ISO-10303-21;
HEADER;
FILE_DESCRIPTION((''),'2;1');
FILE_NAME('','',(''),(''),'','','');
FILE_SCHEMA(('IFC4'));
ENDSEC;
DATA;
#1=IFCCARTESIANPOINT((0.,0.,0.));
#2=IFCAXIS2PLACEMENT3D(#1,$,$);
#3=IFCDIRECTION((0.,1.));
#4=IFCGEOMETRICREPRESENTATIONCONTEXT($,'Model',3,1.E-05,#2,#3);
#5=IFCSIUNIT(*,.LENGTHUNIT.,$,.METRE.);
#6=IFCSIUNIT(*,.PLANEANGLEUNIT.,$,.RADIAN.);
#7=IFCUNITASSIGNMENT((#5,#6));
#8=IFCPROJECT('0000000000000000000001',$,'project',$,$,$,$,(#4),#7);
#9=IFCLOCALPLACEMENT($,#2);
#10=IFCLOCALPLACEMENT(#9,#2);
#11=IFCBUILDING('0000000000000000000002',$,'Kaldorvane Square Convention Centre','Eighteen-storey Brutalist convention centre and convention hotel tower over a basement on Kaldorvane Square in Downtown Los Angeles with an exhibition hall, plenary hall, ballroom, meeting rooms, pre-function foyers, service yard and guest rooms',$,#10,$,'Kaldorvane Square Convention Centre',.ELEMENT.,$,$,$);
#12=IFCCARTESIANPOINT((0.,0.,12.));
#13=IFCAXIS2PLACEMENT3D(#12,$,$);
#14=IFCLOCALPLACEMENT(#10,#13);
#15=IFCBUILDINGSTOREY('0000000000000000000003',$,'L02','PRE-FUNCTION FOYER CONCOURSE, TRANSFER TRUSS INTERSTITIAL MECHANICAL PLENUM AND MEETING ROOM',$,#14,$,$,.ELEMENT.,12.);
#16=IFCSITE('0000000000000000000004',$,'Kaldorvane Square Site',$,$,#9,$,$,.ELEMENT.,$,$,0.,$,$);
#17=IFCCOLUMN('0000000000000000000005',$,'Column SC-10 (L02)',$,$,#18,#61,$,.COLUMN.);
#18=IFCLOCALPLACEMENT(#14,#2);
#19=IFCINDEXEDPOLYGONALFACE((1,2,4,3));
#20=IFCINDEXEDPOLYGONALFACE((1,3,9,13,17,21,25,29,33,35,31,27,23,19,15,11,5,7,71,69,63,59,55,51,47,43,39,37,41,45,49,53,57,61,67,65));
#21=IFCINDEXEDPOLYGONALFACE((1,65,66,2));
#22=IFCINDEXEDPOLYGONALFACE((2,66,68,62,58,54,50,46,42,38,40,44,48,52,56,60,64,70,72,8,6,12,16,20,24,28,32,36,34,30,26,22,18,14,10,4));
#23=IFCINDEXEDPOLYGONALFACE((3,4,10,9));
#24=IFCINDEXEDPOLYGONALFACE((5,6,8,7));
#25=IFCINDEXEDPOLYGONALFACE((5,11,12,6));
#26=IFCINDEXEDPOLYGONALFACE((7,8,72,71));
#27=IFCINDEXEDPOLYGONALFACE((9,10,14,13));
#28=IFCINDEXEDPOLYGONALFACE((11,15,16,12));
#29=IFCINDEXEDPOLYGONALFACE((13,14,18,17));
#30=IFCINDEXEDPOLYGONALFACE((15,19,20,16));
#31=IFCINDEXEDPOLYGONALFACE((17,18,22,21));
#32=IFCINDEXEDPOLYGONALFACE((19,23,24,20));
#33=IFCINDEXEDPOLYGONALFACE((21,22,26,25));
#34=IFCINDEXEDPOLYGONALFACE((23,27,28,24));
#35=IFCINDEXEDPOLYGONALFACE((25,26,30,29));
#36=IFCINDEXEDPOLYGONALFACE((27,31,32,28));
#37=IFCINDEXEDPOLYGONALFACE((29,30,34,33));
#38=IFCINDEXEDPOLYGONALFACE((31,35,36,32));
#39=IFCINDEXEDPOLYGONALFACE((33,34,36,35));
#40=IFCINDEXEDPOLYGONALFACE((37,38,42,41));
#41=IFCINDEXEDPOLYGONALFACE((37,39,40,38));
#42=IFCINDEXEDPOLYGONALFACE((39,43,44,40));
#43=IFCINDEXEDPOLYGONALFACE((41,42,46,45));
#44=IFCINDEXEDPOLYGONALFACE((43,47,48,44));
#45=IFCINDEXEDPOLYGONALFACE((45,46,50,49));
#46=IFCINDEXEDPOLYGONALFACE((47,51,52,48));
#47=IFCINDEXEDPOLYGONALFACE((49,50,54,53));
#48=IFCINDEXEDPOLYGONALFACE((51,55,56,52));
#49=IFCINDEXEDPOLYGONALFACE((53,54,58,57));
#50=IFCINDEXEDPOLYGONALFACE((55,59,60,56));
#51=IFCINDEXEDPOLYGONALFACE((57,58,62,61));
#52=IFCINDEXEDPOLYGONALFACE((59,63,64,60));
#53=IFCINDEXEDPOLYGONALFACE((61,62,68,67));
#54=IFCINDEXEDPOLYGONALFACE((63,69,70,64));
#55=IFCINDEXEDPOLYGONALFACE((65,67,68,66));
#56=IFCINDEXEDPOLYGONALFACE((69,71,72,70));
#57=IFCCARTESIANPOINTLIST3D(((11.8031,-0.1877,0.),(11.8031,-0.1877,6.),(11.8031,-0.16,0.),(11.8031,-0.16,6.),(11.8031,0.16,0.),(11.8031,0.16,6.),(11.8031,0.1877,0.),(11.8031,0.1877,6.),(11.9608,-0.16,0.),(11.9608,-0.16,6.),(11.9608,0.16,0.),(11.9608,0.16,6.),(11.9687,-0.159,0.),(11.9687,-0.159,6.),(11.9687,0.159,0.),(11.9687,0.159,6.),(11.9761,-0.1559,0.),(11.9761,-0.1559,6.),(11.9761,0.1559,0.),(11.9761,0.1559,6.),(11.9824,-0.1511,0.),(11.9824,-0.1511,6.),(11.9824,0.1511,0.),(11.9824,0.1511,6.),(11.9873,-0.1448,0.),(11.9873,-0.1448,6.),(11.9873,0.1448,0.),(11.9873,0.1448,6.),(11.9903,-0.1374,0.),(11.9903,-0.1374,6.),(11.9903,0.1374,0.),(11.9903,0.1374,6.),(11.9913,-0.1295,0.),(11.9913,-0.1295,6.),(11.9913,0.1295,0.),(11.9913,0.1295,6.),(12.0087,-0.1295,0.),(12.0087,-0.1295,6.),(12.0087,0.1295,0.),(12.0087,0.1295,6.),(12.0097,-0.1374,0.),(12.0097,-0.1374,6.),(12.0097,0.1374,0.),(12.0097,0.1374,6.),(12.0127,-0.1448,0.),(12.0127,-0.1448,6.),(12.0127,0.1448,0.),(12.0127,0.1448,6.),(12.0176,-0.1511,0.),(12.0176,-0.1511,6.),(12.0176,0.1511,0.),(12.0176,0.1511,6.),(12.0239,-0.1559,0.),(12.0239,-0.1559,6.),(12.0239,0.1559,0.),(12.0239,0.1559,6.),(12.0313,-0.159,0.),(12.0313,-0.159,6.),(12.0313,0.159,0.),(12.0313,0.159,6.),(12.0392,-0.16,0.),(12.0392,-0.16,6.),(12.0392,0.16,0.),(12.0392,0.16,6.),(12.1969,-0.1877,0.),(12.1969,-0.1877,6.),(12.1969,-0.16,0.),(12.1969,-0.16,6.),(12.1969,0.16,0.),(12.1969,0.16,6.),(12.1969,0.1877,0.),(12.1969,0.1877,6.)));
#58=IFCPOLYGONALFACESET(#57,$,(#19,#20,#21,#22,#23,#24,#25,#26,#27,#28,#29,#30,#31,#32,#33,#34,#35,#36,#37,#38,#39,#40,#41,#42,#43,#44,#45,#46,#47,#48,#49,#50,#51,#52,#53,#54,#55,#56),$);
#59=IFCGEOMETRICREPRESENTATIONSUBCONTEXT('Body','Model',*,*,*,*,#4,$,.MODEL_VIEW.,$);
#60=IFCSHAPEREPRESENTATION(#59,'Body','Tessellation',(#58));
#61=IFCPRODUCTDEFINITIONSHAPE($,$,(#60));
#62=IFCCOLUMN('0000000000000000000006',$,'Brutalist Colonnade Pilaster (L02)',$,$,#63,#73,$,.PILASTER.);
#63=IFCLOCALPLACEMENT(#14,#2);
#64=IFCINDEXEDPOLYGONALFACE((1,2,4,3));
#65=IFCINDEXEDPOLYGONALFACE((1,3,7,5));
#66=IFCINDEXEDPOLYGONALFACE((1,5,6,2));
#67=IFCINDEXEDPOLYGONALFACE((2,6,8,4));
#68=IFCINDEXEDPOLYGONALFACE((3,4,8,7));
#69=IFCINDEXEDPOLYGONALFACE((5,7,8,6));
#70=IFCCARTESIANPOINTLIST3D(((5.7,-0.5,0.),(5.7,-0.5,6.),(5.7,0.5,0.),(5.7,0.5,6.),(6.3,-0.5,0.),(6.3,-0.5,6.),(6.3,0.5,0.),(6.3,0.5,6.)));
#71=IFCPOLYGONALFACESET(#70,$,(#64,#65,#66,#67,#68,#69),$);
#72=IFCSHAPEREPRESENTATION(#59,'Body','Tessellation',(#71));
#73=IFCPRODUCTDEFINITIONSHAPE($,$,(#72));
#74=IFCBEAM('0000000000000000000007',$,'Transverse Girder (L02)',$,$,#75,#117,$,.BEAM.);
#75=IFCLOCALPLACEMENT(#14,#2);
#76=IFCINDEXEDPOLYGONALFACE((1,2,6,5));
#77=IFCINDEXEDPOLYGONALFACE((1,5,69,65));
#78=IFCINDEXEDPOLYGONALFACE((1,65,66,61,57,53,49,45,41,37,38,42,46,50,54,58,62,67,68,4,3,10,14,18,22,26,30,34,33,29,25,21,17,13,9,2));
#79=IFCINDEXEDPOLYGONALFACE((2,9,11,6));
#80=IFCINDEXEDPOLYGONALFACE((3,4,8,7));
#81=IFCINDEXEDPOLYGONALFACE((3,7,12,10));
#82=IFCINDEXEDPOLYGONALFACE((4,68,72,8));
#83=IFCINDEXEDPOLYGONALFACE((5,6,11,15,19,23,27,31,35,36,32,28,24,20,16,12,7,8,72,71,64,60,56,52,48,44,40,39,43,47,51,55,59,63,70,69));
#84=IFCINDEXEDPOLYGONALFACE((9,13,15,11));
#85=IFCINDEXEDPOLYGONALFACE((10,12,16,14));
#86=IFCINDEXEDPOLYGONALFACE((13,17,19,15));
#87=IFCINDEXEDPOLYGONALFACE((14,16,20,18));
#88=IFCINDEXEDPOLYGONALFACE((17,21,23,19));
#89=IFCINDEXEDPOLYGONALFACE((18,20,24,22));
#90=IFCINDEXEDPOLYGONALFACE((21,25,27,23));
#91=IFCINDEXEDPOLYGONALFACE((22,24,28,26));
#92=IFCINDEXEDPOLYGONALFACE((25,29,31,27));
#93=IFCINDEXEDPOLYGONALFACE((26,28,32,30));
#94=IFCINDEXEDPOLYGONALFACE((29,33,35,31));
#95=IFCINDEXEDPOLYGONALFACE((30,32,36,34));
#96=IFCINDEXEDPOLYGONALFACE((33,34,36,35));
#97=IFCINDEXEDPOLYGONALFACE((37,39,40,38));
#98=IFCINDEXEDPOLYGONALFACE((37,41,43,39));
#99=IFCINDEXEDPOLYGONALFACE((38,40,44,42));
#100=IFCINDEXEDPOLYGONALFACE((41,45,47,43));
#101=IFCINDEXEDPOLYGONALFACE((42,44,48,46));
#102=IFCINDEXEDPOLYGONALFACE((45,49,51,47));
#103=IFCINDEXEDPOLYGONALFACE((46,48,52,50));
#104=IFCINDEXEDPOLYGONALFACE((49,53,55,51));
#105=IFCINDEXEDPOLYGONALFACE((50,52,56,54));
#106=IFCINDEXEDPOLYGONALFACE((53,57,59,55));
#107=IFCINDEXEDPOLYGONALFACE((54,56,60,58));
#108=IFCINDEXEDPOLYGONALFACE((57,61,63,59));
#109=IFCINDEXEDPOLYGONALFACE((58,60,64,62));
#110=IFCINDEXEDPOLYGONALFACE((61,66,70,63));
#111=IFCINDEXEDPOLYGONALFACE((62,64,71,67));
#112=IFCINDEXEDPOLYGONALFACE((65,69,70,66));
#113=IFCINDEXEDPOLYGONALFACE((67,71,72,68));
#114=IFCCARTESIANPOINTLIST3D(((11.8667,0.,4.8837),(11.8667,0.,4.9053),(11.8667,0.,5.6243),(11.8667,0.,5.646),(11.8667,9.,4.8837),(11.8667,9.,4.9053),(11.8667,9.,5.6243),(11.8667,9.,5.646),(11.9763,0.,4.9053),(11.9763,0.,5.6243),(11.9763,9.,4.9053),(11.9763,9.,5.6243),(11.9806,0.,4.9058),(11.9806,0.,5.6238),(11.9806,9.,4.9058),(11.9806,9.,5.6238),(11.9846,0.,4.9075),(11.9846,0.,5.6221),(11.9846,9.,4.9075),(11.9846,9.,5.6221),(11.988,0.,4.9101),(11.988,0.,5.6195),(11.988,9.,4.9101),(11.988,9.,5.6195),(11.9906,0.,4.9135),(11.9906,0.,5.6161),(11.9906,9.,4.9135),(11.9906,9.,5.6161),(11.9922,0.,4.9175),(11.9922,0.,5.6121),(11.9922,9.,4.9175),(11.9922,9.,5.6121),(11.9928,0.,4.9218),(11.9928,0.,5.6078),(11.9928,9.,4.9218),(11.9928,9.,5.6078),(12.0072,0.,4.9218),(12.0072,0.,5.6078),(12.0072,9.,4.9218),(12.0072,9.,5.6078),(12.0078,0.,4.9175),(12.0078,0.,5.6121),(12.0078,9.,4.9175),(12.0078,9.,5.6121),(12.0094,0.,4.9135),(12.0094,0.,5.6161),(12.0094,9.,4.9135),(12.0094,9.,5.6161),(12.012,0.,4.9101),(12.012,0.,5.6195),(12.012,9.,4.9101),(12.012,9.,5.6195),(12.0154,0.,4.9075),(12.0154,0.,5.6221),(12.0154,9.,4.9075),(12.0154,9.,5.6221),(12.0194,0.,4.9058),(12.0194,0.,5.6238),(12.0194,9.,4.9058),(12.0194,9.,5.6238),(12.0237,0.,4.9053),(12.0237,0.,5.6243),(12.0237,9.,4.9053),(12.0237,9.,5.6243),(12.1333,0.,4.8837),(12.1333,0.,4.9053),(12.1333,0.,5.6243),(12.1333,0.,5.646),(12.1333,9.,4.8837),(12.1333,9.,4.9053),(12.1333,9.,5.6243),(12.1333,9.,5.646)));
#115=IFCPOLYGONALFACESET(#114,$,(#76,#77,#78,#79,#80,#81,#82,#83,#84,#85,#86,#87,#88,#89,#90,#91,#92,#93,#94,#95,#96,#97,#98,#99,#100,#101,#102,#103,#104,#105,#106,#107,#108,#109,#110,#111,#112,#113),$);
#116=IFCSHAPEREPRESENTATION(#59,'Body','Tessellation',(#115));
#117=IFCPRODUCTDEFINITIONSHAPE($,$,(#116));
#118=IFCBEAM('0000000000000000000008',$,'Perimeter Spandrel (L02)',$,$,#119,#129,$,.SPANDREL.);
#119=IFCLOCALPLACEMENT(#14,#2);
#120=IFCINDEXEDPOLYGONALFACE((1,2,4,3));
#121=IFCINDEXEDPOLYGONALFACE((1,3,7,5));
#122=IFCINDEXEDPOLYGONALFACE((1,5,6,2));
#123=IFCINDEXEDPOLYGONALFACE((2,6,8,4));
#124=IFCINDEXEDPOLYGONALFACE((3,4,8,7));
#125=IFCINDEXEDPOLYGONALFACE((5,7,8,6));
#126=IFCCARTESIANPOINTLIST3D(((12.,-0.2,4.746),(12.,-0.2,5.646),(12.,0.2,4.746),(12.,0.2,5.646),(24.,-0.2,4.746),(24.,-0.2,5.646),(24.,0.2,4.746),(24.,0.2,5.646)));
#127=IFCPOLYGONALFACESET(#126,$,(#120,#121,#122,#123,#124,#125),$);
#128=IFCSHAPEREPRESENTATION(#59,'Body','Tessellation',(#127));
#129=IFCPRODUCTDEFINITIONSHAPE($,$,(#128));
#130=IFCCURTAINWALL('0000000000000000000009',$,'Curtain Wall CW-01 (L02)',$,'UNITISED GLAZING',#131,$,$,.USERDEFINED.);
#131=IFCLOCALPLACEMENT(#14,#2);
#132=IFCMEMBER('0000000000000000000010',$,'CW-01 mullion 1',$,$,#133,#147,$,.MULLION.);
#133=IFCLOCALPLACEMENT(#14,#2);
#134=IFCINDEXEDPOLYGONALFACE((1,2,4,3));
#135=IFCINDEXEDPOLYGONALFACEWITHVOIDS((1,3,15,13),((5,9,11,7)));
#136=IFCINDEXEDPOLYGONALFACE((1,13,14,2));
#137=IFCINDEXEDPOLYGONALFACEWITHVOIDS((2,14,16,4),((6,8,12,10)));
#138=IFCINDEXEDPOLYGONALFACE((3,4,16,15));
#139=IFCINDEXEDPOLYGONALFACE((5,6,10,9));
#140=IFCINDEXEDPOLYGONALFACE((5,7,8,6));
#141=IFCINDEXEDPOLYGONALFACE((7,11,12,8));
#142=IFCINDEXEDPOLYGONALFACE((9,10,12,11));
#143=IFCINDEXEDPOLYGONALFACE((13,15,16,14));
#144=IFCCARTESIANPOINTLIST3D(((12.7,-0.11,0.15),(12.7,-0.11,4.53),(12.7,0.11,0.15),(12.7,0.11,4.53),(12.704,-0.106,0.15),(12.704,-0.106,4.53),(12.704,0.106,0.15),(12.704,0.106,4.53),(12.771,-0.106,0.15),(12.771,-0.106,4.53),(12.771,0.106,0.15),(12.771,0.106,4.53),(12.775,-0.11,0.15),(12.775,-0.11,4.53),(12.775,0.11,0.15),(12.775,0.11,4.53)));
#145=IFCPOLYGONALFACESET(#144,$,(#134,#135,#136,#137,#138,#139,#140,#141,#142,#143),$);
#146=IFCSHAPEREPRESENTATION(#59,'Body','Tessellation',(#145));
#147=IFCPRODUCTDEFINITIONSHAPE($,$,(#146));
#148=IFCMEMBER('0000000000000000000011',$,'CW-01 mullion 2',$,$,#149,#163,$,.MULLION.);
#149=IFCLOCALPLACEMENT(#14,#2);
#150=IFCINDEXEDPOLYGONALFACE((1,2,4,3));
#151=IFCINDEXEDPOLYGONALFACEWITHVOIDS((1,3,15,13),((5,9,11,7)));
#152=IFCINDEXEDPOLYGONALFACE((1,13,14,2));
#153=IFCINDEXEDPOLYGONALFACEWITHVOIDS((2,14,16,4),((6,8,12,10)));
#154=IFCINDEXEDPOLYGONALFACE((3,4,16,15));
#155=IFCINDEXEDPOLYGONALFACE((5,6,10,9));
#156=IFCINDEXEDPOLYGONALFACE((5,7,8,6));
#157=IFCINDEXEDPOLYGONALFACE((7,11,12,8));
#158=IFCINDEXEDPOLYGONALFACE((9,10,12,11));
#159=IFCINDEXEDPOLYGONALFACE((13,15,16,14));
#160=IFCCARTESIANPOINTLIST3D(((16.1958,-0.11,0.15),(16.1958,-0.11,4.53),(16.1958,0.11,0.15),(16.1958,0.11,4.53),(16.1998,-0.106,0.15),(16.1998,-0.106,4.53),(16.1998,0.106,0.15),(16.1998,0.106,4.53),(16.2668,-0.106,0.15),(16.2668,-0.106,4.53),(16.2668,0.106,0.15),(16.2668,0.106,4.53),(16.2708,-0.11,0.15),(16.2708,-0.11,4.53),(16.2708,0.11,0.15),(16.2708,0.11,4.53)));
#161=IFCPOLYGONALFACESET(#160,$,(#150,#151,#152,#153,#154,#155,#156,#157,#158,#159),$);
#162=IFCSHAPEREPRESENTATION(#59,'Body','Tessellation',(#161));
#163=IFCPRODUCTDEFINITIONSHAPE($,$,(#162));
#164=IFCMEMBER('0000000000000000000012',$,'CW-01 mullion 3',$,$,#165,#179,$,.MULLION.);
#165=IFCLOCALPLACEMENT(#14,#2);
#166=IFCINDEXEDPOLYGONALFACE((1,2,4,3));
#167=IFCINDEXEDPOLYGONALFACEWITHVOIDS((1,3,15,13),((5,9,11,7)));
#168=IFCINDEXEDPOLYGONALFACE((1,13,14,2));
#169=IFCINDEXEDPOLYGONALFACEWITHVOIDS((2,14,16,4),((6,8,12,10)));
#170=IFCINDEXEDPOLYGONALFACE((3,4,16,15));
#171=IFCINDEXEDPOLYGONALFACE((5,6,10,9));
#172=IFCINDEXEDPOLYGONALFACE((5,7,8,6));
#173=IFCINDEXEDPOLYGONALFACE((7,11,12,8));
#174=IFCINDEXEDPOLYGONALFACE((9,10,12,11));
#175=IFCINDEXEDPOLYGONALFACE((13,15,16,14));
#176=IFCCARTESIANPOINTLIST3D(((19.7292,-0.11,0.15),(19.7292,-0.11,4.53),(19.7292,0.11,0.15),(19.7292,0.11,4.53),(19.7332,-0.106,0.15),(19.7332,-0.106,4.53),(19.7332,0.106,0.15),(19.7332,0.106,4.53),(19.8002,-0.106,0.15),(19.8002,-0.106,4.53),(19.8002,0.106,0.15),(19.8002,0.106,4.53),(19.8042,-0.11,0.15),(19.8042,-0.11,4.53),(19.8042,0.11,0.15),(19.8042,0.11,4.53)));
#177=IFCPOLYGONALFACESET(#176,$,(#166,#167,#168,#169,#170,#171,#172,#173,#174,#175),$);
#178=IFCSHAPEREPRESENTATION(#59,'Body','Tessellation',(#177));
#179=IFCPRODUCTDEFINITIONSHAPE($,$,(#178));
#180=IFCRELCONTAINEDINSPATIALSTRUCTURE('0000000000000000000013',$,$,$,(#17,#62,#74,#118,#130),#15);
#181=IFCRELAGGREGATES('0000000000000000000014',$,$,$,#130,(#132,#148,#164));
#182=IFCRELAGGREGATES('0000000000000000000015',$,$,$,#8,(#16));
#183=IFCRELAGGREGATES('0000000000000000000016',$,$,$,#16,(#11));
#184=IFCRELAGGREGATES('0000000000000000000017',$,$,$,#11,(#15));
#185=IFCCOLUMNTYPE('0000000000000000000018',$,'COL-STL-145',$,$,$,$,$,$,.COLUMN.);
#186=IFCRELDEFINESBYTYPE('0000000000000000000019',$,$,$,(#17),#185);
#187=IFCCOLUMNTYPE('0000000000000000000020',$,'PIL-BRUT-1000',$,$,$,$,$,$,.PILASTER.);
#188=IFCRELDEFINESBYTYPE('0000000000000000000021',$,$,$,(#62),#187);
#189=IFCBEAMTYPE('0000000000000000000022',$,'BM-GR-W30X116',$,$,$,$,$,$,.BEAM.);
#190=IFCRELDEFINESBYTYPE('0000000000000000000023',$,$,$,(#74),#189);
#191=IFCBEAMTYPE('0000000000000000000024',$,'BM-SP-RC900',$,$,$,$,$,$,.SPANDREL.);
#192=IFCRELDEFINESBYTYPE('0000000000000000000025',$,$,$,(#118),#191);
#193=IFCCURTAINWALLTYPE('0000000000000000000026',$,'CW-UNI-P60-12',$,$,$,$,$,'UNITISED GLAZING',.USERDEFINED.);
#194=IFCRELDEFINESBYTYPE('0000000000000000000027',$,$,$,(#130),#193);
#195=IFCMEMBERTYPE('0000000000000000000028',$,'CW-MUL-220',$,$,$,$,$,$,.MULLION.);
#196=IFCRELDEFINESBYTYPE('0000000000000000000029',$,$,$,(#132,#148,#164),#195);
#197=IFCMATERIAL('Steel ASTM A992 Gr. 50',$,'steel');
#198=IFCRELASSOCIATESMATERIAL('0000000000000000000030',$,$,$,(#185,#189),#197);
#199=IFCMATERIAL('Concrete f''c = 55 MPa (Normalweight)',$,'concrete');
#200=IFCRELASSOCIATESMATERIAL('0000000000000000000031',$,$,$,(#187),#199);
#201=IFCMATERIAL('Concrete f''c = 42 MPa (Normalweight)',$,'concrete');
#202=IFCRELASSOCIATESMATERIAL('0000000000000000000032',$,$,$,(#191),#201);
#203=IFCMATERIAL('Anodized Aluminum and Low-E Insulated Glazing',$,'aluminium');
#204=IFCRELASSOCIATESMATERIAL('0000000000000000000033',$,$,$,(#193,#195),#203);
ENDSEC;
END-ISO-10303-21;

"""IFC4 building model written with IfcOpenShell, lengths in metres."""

from ifc_helpers import new_model, si_unit, direction, frame, origin, origin_2d, place, context, subcontext, project, spatial, rectangle, hollow_rectangle, i_section, extrude, material, material_profile, profile_set, type_object, element, aggregate, save


model = new_model("IFC4")

# Units and contexts
model_context = context("Model", 3, precision=1e-05, world=origin(), true_north=direction((0.0, 1.0)))
body_context = subcontext(model_context, "Body", "Model", "MODEL_VIEW")
ifc_project = project(units=[si_unit("LENGTHUNIT", "METRE"), si_unit("PLANEANGLEUNIT", "RADIAN")], contexts=[model_context])

# Site, building, storey
site_placement = place(None, origin())
site = spatial("IfcSite", under=ifc_project, at=site_placement, Name="Kaldorvane Square Site", CompositionType="ELEMENT", RefElevation=0.0)
building_placement = place(site_placement, origin())
building = spatial("IfcBuilding", under=site, at=building_placement, Name="Kaldorvane Square Convention Centre", Description="Eighteen-storey Brutalist convention centre and convention hotel tower over a basement on Kaldorvane Square in Downtown Los Angeles with an exhibition hall, plenary hall, ballroom, meeting rooms, pre-function foyers, service yard and guest rooms", LongName="Kaldorvane Square Convention Centre", CompositionType="ELEMENT")
storey_placement = place(building_placement, frame((0.0, 0.0, 12.0)))
storey = spatial("IfcBuildingStorey", under=building, at=storey_placement, Name="L02", Description="PRE-FUNCTION FOYER CONCOURSE, TRANSFER TRUSS INTERSTITIAL MECHANICAL PLENUM AND MEETING ROOM", CompositionType="ELEMENT", Elevation=12.0)

# Columns
ifc_material_1 = material(Name="Steel ASTM A992 Gr. 50", Category="steel")
ifc_material_profile_1 = material_profile(ifc_material_1, i_section(OverallWidth=0.3937, OverallDepth=0.3754, WebThickness=0.0173, FlangeThickness=0.0277, FilletRadius=0.0305, at=origin_2d()), Name="W14X145")
ifc_profile_set_1 = profile_set([ifc_material_profile_1], Name="Steel ASTM A992 Gr. 50")
column_type_1 = type_object("IfcColumnType", Name="COL-STL-145", PredefinedType="COLUMN", material=ifc_profile_set_1)
column_1_placement = place(storey_placement, frame((12.0, 0.0, 0.0), z_axis=(0.0, 0.0, 1.0), x_axis=(1.0, 0.0, 0.0)))
element("IfcColumn", 1, at=column_1_placement, inside=storey, type_object=column_type_1, Name="Column SC-10 (L02)", PredefinedType="COLUMN", context=body_context, shape_type="SweptSolid", body=[
    extrude(i_section(OverallWidth=0.3937, OverallDepth=0.3754, WebThickness=0.0173, FlangeThickness=0.0277, FilletRadius=0.0305, at=origin_2d()), origin(), (0.0, 0.0, 1.0), 6.0),
])
ifc_material_2 = material(Name="Concrete f'c = 55 MPa (Normalweight)", Category="concrete")
ifc_material_profile_2 = material_profile(ifc_material_2, rectangle(XDim=0.6, YDim=1.0, at=origin_2d()), Name="PIL1000X600")
ifc_profile_set_2 = profile_set([ifc_material_profile_2], Name="Concrete f'c = 55 MPa (Normalweight)")
column_type_2 = type_object("IfcColumnType", Name="PIL-BRUT-1000", PredefinedType="PILASTER", material=ifc_profile_set_2)
column_2_placement = place(storey_placement, frame((6.0, 0.0, 0.0), z_axis=(0.0, 0.0, 1.0), x_axis=(1.0, 0.0, 0.0)))
element("IfcColumn", 2, at=column_2_placement, inside=storey, type_object=column_type_2, Name="Brutalist Colonnade Pilaster (L02)", PredefinedType="PILASTER", context=body_context, shape_type="SweptSolid", body=[
    extrude(rectangle(XDim=0.6, YDim=1.0, at=origin_2d()), origin(), (0.0, 0.0, 1.0), 6.0),
])

# Beams
ifc_material_profile_3 = material_profile(ifc_material_1, i_section(OverallWidth=0.2666, OverallDepth=0.7623, WebThickness=0.0144, FlangeThickness=0.0216, FilletRadius=0.0165, at=origin_2d()), Name="W30X116")
ifc_profile_set_3 = profile_set([ifc_material_profile_3], Name="Steel ASTM A992 Gr. 50")
beam_type_1 = type_object("IfcBeamType", Name="BM-GR-W30X116", PredefinedType="BEAM", material=ifc_profile_set_3)
beam_1_placement = place(storey_placement, frame((12.0, 0.0, 5.2648), z_axis=(0.0, 1.0, 0.0), x_axis=(-1.0, 0.0, 0.0)))
element("IfcBeam", 3, at=beam_1_placement, inside=storey, type_object=beam_type_1, Name="Transverse Girder (L02)", PredefinedType="BEAM", context=body_context, shape_type="SweptSolid", body=[
    extrude(i_section(OverallWidth=0.2666, OverallDepth=0.7623, WebThickness=0.0144, FlangeThickness=0.0216, FilletRadius=0.0165, at=origin_2d()), origin(), (0.0, 0.0, 1.0), 9.0),
])
ifc_material_3 = material(Name="Concrete f'c = 42 MPa (Normalweight)", Category="concrete")
ifc_material_profile_4 = material_profile(ifc_material_3, rectangle(XDim=0.4, YDim=0.9, at=origin_2d()), Name="RCSP900X400")
ifc_profile_set_4 = profile_set([ifc_material_profile_4], Name="Concrete f'c = 42 MPa (Normalweight)")
beam_type_2 = type_object("IfcBeamType", Name="BM-SP-RC900", PredefinedType="SPANDREL", material=ifc_profile_set_4)
beam_2_placement = place(storey_placement, frame((12.0, 0.0, 5.196), z_axis=(1.0, 0.0, 0.0), x_axis=(0.0, 1.0, 0.0)))
element("IfcBeam", 4, at=beam_2_placement, inside=storey, type_object=beam_type_2, Name="Perimeter Spandrel (L02)", PredefinedType="SPANDREL", context=body_context, shape_type="SweptSolid", body=[
    extrude(rectangle(XDim=0.4, YDim=0.9, at=origin_2d()), origin(), (0.0, 0.0, 1.0), 12.0),
])

# Curtain wall, members
ifc_material_4 = material(Name="Anodized Aluminum and Low-E Insulated Glazing", Category="aluminium")
curtain_wall_type = type_object("IfcCurtainWallType", Name="CW-UNI-P60-12", ElementType="UNITISED GLAZING", PredefinedType="USERDEFINED", material=ifc_material_4)
curtain_wall_placement = place(storey_placement, origin())
curtain_wall = element("IfcCurtainWall", 5, at=curtain_wall_placement, inside=storey, type_object=curtain_wall_type, Name="Curtain Wall CW-01 (L02)", ObjectType="UNITISED GLAZING", PredefinedType="USERDEFINED")
ifc_material_profile_5 = material_profile(ifc_material_4, hollow_rectangle(XDim=0.075, YDim=0.22, WallThickness=0.004, at=origin_2d()), Name="CWM-220X75")
ifc_profile_set_5 = profile_set([ifc_material_profile_5], Name="Anodized Aluminum and Low-E Insulated Glazing")
member_type_1 = type_object("IfcMemberType", Name="CW-MUL-220", PredefinedType="MULLION", material=ifc_profile_set_5)
member_1_placement = place(storey_placement, frame((12.7375, 0.0, 0.15), z_axis=(0.0, 0.0, 1.0), x_axis=(1.0, 0.0, 0.0)))
member_1 = element("IfcMember", 6, at=member_1_placement, type_object=member_type_1, Name="CW-01 mullion 1", PredefinedType="MULLION", context=body_context, shape_type="SweptSolid", body=[
    extrude(hollow_rectangle(XDim=0.075, YDim=0.22, WallThickness=0.004, at=origin_2d()), origin(), (0.0, 0.0, 1.0), 4.38),
])
member_2_placement = place(storey_placement, frame((16.2333, 0.0, 0.15), z_axis=(0.0, 0.0, 1.0), x_axis=(1.0, 0.0, 0.0)))
member_2 = element("IfcMember", 7, at=member_2_placement, type_object=member_type_1, Name="CW-01 mullion 2", PredefinedType="MULLION", context=body_context, shape_type="SweptSolid", body=[
    extrude(hollow_rectangle(XDim=0.075, YDim=0.22, WallThickness=0.004, at=origin_2d()), origin(), (0.0, 0.0, 1.0), 4.38),
])
member_3_placement = place(storey_placement, frame((19.7667, 0.0, 0.15), z_axis=(0.0, 0.0, 1.0), x_axis=(1.0, 0.0, 0.0)))
member_3 = element("IfcMember", 8, at=member_3_placement, type_object=member_type_1, Name="CW-01 mullion 3", PredefinedType="MULLION", context=body_context, shape_type="SweptSolid", body=[
    extrude(hollow_rectangle(XDim=0.075, YDim=0.22, WallThickness=0.004, at=origin_2d()), origin(), (0.0, 0.0, 1.0), 4.38),
])
aggregate(curtain_wall, [member_1, member_2, member_3])

save(model, "model.ifc")
